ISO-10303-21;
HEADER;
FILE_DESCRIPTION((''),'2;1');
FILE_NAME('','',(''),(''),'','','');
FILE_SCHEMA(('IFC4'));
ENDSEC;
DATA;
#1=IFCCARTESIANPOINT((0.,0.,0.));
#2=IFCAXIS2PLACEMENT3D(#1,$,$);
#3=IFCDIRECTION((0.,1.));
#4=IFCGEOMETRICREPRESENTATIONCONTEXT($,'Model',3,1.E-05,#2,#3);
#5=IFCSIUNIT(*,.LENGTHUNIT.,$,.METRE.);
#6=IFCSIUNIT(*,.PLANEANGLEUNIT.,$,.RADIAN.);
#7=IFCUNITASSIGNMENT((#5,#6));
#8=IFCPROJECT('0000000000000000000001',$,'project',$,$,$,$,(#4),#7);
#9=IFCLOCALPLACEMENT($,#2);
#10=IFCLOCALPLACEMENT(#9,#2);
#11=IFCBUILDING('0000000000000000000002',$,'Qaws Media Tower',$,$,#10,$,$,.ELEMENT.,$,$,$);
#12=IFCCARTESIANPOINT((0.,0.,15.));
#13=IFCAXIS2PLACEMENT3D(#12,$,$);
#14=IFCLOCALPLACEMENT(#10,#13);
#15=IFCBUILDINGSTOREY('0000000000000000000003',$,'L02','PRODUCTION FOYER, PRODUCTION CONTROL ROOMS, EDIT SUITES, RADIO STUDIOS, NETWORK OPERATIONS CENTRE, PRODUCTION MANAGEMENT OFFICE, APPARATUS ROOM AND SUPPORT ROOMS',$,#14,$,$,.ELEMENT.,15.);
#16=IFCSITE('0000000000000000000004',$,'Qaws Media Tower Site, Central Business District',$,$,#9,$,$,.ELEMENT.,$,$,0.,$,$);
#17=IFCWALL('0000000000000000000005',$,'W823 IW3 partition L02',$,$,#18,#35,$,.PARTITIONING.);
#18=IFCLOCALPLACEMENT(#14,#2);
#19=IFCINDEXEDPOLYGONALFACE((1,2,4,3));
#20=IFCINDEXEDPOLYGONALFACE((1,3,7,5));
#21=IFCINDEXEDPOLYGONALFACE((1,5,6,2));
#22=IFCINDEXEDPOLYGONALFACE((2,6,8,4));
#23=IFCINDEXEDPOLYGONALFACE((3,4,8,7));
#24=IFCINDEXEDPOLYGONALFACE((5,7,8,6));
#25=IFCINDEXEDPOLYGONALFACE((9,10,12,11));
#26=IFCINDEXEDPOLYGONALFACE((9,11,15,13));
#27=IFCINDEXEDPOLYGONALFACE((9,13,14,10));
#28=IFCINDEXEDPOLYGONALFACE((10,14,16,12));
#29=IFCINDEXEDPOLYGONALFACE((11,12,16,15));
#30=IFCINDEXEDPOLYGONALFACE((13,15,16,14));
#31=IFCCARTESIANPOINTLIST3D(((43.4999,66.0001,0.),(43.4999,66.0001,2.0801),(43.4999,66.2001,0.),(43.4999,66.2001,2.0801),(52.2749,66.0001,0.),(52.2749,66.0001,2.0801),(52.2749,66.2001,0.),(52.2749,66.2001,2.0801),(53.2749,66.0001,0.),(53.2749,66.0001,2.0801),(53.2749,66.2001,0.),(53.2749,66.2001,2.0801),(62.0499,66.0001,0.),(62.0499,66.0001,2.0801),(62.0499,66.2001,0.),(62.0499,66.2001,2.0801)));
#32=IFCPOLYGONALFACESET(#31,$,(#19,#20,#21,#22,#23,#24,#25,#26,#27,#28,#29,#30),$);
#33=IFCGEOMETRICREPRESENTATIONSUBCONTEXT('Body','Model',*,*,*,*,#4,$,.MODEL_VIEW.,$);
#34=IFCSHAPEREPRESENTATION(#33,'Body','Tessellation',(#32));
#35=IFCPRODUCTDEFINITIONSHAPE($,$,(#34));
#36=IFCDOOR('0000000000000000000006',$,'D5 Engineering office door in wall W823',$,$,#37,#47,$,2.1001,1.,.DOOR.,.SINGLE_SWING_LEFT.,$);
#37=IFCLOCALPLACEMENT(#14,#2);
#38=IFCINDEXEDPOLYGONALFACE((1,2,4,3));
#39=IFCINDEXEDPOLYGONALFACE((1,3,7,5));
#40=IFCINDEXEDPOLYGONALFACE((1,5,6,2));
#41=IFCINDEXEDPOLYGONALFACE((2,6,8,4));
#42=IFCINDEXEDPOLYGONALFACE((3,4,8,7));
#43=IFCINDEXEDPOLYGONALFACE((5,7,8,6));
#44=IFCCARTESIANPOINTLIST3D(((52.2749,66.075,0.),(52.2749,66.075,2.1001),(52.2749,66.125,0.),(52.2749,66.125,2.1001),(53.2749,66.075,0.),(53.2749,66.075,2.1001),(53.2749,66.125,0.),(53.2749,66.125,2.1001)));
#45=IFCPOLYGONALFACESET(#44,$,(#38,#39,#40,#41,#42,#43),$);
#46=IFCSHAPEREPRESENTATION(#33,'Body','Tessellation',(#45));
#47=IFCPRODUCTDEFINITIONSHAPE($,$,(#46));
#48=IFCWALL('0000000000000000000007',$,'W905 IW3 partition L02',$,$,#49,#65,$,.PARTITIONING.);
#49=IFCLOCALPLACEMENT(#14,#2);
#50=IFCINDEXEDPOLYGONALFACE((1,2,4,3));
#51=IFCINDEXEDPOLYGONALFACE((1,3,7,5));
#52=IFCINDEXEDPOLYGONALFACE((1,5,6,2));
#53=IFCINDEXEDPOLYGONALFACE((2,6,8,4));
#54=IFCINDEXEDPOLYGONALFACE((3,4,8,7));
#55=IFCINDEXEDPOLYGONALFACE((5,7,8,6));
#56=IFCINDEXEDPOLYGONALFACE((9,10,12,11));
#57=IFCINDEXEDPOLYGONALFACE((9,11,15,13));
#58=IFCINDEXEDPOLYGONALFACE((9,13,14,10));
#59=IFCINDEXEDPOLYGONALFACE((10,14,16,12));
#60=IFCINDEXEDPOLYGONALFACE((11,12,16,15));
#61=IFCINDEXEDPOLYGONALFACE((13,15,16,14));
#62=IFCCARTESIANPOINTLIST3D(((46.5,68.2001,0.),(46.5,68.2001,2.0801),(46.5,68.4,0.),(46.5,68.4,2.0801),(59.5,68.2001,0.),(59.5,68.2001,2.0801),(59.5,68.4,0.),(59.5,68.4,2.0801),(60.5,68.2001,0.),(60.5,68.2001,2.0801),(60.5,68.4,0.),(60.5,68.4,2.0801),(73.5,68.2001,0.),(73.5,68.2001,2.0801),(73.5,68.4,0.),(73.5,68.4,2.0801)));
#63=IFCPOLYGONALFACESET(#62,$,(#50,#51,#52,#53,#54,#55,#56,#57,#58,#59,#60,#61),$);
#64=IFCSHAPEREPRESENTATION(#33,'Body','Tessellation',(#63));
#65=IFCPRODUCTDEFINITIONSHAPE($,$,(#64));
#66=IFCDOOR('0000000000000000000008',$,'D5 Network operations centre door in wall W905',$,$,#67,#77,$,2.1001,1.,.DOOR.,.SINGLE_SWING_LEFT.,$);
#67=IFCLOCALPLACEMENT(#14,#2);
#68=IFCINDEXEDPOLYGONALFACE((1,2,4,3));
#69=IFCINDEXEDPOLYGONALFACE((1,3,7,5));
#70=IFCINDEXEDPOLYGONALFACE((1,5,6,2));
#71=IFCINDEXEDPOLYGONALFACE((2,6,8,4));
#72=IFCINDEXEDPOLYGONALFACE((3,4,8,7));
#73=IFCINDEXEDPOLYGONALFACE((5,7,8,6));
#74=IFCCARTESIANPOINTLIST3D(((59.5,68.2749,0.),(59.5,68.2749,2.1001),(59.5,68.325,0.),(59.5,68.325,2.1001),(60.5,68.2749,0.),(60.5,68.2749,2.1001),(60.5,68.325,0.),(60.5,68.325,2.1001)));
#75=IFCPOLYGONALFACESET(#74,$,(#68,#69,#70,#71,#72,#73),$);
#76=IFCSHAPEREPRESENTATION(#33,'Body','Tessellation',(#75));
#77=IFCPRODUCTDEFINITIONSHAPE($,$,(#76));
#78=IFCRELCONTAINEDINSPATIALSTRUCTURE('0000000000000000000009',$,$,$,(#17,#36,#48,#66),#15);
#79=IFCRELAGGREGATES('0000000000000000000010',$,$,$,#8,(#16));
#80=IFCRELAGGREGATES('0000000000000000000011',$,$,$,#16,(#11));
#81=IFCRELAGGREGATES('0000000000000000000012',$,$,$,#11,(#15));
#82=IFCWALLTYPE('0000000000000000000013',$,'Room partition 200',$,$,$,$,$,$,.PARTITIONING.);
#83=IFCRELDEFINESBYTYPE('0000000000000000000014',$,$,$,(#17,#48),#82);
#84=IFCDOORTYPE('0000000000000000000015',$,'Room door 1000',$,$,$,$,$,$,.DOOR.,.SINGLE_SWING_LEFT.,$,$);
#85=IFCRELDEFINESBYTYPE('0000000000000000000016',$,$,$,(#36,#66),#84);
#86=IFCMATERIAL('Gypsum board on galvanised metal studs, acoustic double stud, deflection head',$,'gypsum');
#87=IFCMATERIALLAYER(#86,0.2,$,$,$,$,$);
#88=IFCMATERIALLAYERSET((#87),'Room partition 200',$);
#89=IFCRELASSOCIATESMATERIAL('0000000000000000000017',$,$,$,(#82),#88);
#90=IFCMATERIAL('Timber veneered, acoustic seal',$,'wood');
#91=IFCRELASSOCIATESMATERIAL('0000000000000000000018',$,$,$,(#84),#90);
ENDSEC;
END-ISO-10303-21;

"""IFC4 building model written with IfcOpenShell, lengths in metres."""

from ifc_helpers import new_model, si_unit, direction, frame, frame_2d, origin, place, context, subcontext, project, spatial, rectangle, extrude, material, layer, layer_set, type_object, element, fill, save


model = new_model("IFC4")

# Units and contexts
model_context = context("Model", 3, precision=1e-05, world=origin(), true_north=direction((0.0, 1.0)))
body_context = subcontext(model_context, "Body", "Model", "MODEL_VIEW")
ifc_project = project(units=[si_unit("LENGTHUNIT", "METRE"), si_unit("PLANEANGLEUNIT", "RADIAN")], contexts=[model_context])

# Site, building, storey
site_placement = place(None, origin())
site = spatial("IfcSite", under=ifc_project, at=site_placement, Name="Qaws Media Tower Site, Central Business District", CompositionType="ELEMENT", RefElevation=0.0)
building_placement = place(site_placement, origin())
building = spatial("IfcBuilding", under=site, at=building_placement, Name="Qaws Media Tower", CompositionType="ELEMENT")
storey_placement = place(building_placement, frame((0.0, 0.0, 15.0)))
storey = spatial("IfcBuildingStorey", under=building, at=storey_placement, Name="L02", Description="PRODUCTION FOYER, PRODUCTION CONTROL ROOMS, EDIT SUITES, RADIO STUDIOS, NETWORK OPERATIONS CENTRE, PRODUCTION MANAGEMENT OFFICE, APPARATUS ROOM AND SUPPORT ROOMS", CompositionType="ELEMENT", Elevation=15.0)

# Shared definitions
ifc_material_1 = material(Name="Gypsum board on galvanised metal studs, acoustic double stud, deflection head", Category="gypsum")
ifc_layer = layer(ifc_material_1, 0.2)
ifc_layer_set = layer_set([ifc_layer], Name="Room partition 200")
wall_type = type_object("IfcWallType", Name="Room partition 200", PredefinedType="PARTITIONING", material=ifc_layer_set)

# Walls, openings, doors
wall_1_placement = place(storey_placement, frame((43.5, 66.1001, 0.0), z_axis=(0.0, 0.0, 1.0), x_axis=(1.0, 0.0, 0.0)))
wall_1 = element("IfcWall", 1, at=wall_1_placement, inside=storey, type_object=wall_type, Name="W823 IW3 partition L02", PredefinedType="PARTITIONING", context=body_context, shape_type="SweptSolid", body=[
    extrude(rectangle(XDim=18.55, YDim=0.2, at=frame_2d((9.2749, 0.0))), origin(), (0.0, 0.0, 1.0), 2.0801),
])
opening_1_placement = place(wall_1_placement, frame((8.7749, 0.0, 0.0)))
opening_1 = element("IfcOpeningElement", 2, at=opening_1_placement, cuts=wall_1, PredefinedType="OPENING", context=body_context, shape_type="SweptSolid", body=[
    extrude(rectangle(XDim=1.0, YDim=2.1001, at=frame_2d((0.5, 1.05))), frame((0.0, 0.1099, 0.0), z_axis=(0.0, -1.0, 0.0), x_axis=(1.0, 0.0, 0.0)), (0.0, 0.0, 1.0), 0.22),
])
ifc_material_2 = material(Name="Timber veneered, acoustic seal", Category="wood")
door_type = type_object("IfcDoorType", Name="Room door 1000", OperationType="SINGLE_SWING_LEFT", PredefinedType="DOOR", material=ifc_material_2)
door_1_placement = place(opening_1_placement, origin())
door_1 = element("IfcDoor", 3, at=door_1_placement, inside=storey, type_object=door_type, Name="D5 Engineering office door in wall W823", OperationType="SINGLE_SWING_LEFT", OverallHeight=2.1001, OverallWidth=1.0, PredefinedType="DOOR", context=body_context, shape_type="SweptSolid", body=[
    extrude(rectangle(XDim=1.0, YDim=2.1001, at=frame_2d((0.5, 1.05))), frame((0.0, 0.0249, 0.0), z_axis=(0.0, -1.0, 0.0), x_axis=(1.0, 0.0, 0.0)), (0.0, 0.0, 1.0), 0.05),
])
fill(opening_1, door_1)
wall_2_placement = place(storey_placement, frame((46.5, 68.3, 0.0), z_axis=(0.0, 0.0, 1.0), x_axis=(1.0, 0.0, 0.0)))
wall_2 = element("IfcWall", 4, at=wall_2_placement, inside=storey, type_object=wall_type, Name="W905 IW3 partition L02", PredefinedType="PARTITIONING", context=body_context, shape_type="SweptSolid", body=[
    extrude(rectangle(XDim=27.0, YDim=0.2, at=frame_2d((13.5, 0.0))), origin(), (0.0, 0.0, 1.0), 2.0801),
])
opening_2_placement = place(wall_2_placement, frame((13.0, 0.0, 0.0)))
opening_2 = element("IfcOpeningElement", 5, at=opening_2_placement, cuts=wall_2, PredefinedType="OPENING", context=body_context, shape_type="SweptSolid", body=[
    extrude(rectangle(XDim=1.0, YDim=2.1001, at=frame_2d((0.5, 1.05))), frame((0.0, 0.1099, 0.0), z_axis=(0.0, -1.0, 0.0), x_axis=(1.0, 0.0, 0.0)), (0.0, 0.0, 1.0), 0.22),
])
door_2_placement = place(opening_2_placement, origin())
door_2 = element("IfcDoor", 6, at=door_2_placement, inside=storey, type_object=door_type, Name="D5 Network operations centre door in wall W905", OperationType="SINGLE_SWING_LEFT", OverallHeight=2.1001, OverallWidth=1.0, PredefinedType="DOOR", context=body_context, shape_type="SweptSolid", body=[
    extrude(rectangle(XDim=1.0, YDim=2.1001, at=frame_2d((0.5, 1.05))), frame((0.0, 0.0249, 0.0), z_axis=(0.0, -1.0, 0.0), x_axis=(1.0, 0.0, 0.0)), (0.0, 0.0, 1.0), 0.05),
])
fill(opening_2, door_2)

save(model, "model.ifc")
